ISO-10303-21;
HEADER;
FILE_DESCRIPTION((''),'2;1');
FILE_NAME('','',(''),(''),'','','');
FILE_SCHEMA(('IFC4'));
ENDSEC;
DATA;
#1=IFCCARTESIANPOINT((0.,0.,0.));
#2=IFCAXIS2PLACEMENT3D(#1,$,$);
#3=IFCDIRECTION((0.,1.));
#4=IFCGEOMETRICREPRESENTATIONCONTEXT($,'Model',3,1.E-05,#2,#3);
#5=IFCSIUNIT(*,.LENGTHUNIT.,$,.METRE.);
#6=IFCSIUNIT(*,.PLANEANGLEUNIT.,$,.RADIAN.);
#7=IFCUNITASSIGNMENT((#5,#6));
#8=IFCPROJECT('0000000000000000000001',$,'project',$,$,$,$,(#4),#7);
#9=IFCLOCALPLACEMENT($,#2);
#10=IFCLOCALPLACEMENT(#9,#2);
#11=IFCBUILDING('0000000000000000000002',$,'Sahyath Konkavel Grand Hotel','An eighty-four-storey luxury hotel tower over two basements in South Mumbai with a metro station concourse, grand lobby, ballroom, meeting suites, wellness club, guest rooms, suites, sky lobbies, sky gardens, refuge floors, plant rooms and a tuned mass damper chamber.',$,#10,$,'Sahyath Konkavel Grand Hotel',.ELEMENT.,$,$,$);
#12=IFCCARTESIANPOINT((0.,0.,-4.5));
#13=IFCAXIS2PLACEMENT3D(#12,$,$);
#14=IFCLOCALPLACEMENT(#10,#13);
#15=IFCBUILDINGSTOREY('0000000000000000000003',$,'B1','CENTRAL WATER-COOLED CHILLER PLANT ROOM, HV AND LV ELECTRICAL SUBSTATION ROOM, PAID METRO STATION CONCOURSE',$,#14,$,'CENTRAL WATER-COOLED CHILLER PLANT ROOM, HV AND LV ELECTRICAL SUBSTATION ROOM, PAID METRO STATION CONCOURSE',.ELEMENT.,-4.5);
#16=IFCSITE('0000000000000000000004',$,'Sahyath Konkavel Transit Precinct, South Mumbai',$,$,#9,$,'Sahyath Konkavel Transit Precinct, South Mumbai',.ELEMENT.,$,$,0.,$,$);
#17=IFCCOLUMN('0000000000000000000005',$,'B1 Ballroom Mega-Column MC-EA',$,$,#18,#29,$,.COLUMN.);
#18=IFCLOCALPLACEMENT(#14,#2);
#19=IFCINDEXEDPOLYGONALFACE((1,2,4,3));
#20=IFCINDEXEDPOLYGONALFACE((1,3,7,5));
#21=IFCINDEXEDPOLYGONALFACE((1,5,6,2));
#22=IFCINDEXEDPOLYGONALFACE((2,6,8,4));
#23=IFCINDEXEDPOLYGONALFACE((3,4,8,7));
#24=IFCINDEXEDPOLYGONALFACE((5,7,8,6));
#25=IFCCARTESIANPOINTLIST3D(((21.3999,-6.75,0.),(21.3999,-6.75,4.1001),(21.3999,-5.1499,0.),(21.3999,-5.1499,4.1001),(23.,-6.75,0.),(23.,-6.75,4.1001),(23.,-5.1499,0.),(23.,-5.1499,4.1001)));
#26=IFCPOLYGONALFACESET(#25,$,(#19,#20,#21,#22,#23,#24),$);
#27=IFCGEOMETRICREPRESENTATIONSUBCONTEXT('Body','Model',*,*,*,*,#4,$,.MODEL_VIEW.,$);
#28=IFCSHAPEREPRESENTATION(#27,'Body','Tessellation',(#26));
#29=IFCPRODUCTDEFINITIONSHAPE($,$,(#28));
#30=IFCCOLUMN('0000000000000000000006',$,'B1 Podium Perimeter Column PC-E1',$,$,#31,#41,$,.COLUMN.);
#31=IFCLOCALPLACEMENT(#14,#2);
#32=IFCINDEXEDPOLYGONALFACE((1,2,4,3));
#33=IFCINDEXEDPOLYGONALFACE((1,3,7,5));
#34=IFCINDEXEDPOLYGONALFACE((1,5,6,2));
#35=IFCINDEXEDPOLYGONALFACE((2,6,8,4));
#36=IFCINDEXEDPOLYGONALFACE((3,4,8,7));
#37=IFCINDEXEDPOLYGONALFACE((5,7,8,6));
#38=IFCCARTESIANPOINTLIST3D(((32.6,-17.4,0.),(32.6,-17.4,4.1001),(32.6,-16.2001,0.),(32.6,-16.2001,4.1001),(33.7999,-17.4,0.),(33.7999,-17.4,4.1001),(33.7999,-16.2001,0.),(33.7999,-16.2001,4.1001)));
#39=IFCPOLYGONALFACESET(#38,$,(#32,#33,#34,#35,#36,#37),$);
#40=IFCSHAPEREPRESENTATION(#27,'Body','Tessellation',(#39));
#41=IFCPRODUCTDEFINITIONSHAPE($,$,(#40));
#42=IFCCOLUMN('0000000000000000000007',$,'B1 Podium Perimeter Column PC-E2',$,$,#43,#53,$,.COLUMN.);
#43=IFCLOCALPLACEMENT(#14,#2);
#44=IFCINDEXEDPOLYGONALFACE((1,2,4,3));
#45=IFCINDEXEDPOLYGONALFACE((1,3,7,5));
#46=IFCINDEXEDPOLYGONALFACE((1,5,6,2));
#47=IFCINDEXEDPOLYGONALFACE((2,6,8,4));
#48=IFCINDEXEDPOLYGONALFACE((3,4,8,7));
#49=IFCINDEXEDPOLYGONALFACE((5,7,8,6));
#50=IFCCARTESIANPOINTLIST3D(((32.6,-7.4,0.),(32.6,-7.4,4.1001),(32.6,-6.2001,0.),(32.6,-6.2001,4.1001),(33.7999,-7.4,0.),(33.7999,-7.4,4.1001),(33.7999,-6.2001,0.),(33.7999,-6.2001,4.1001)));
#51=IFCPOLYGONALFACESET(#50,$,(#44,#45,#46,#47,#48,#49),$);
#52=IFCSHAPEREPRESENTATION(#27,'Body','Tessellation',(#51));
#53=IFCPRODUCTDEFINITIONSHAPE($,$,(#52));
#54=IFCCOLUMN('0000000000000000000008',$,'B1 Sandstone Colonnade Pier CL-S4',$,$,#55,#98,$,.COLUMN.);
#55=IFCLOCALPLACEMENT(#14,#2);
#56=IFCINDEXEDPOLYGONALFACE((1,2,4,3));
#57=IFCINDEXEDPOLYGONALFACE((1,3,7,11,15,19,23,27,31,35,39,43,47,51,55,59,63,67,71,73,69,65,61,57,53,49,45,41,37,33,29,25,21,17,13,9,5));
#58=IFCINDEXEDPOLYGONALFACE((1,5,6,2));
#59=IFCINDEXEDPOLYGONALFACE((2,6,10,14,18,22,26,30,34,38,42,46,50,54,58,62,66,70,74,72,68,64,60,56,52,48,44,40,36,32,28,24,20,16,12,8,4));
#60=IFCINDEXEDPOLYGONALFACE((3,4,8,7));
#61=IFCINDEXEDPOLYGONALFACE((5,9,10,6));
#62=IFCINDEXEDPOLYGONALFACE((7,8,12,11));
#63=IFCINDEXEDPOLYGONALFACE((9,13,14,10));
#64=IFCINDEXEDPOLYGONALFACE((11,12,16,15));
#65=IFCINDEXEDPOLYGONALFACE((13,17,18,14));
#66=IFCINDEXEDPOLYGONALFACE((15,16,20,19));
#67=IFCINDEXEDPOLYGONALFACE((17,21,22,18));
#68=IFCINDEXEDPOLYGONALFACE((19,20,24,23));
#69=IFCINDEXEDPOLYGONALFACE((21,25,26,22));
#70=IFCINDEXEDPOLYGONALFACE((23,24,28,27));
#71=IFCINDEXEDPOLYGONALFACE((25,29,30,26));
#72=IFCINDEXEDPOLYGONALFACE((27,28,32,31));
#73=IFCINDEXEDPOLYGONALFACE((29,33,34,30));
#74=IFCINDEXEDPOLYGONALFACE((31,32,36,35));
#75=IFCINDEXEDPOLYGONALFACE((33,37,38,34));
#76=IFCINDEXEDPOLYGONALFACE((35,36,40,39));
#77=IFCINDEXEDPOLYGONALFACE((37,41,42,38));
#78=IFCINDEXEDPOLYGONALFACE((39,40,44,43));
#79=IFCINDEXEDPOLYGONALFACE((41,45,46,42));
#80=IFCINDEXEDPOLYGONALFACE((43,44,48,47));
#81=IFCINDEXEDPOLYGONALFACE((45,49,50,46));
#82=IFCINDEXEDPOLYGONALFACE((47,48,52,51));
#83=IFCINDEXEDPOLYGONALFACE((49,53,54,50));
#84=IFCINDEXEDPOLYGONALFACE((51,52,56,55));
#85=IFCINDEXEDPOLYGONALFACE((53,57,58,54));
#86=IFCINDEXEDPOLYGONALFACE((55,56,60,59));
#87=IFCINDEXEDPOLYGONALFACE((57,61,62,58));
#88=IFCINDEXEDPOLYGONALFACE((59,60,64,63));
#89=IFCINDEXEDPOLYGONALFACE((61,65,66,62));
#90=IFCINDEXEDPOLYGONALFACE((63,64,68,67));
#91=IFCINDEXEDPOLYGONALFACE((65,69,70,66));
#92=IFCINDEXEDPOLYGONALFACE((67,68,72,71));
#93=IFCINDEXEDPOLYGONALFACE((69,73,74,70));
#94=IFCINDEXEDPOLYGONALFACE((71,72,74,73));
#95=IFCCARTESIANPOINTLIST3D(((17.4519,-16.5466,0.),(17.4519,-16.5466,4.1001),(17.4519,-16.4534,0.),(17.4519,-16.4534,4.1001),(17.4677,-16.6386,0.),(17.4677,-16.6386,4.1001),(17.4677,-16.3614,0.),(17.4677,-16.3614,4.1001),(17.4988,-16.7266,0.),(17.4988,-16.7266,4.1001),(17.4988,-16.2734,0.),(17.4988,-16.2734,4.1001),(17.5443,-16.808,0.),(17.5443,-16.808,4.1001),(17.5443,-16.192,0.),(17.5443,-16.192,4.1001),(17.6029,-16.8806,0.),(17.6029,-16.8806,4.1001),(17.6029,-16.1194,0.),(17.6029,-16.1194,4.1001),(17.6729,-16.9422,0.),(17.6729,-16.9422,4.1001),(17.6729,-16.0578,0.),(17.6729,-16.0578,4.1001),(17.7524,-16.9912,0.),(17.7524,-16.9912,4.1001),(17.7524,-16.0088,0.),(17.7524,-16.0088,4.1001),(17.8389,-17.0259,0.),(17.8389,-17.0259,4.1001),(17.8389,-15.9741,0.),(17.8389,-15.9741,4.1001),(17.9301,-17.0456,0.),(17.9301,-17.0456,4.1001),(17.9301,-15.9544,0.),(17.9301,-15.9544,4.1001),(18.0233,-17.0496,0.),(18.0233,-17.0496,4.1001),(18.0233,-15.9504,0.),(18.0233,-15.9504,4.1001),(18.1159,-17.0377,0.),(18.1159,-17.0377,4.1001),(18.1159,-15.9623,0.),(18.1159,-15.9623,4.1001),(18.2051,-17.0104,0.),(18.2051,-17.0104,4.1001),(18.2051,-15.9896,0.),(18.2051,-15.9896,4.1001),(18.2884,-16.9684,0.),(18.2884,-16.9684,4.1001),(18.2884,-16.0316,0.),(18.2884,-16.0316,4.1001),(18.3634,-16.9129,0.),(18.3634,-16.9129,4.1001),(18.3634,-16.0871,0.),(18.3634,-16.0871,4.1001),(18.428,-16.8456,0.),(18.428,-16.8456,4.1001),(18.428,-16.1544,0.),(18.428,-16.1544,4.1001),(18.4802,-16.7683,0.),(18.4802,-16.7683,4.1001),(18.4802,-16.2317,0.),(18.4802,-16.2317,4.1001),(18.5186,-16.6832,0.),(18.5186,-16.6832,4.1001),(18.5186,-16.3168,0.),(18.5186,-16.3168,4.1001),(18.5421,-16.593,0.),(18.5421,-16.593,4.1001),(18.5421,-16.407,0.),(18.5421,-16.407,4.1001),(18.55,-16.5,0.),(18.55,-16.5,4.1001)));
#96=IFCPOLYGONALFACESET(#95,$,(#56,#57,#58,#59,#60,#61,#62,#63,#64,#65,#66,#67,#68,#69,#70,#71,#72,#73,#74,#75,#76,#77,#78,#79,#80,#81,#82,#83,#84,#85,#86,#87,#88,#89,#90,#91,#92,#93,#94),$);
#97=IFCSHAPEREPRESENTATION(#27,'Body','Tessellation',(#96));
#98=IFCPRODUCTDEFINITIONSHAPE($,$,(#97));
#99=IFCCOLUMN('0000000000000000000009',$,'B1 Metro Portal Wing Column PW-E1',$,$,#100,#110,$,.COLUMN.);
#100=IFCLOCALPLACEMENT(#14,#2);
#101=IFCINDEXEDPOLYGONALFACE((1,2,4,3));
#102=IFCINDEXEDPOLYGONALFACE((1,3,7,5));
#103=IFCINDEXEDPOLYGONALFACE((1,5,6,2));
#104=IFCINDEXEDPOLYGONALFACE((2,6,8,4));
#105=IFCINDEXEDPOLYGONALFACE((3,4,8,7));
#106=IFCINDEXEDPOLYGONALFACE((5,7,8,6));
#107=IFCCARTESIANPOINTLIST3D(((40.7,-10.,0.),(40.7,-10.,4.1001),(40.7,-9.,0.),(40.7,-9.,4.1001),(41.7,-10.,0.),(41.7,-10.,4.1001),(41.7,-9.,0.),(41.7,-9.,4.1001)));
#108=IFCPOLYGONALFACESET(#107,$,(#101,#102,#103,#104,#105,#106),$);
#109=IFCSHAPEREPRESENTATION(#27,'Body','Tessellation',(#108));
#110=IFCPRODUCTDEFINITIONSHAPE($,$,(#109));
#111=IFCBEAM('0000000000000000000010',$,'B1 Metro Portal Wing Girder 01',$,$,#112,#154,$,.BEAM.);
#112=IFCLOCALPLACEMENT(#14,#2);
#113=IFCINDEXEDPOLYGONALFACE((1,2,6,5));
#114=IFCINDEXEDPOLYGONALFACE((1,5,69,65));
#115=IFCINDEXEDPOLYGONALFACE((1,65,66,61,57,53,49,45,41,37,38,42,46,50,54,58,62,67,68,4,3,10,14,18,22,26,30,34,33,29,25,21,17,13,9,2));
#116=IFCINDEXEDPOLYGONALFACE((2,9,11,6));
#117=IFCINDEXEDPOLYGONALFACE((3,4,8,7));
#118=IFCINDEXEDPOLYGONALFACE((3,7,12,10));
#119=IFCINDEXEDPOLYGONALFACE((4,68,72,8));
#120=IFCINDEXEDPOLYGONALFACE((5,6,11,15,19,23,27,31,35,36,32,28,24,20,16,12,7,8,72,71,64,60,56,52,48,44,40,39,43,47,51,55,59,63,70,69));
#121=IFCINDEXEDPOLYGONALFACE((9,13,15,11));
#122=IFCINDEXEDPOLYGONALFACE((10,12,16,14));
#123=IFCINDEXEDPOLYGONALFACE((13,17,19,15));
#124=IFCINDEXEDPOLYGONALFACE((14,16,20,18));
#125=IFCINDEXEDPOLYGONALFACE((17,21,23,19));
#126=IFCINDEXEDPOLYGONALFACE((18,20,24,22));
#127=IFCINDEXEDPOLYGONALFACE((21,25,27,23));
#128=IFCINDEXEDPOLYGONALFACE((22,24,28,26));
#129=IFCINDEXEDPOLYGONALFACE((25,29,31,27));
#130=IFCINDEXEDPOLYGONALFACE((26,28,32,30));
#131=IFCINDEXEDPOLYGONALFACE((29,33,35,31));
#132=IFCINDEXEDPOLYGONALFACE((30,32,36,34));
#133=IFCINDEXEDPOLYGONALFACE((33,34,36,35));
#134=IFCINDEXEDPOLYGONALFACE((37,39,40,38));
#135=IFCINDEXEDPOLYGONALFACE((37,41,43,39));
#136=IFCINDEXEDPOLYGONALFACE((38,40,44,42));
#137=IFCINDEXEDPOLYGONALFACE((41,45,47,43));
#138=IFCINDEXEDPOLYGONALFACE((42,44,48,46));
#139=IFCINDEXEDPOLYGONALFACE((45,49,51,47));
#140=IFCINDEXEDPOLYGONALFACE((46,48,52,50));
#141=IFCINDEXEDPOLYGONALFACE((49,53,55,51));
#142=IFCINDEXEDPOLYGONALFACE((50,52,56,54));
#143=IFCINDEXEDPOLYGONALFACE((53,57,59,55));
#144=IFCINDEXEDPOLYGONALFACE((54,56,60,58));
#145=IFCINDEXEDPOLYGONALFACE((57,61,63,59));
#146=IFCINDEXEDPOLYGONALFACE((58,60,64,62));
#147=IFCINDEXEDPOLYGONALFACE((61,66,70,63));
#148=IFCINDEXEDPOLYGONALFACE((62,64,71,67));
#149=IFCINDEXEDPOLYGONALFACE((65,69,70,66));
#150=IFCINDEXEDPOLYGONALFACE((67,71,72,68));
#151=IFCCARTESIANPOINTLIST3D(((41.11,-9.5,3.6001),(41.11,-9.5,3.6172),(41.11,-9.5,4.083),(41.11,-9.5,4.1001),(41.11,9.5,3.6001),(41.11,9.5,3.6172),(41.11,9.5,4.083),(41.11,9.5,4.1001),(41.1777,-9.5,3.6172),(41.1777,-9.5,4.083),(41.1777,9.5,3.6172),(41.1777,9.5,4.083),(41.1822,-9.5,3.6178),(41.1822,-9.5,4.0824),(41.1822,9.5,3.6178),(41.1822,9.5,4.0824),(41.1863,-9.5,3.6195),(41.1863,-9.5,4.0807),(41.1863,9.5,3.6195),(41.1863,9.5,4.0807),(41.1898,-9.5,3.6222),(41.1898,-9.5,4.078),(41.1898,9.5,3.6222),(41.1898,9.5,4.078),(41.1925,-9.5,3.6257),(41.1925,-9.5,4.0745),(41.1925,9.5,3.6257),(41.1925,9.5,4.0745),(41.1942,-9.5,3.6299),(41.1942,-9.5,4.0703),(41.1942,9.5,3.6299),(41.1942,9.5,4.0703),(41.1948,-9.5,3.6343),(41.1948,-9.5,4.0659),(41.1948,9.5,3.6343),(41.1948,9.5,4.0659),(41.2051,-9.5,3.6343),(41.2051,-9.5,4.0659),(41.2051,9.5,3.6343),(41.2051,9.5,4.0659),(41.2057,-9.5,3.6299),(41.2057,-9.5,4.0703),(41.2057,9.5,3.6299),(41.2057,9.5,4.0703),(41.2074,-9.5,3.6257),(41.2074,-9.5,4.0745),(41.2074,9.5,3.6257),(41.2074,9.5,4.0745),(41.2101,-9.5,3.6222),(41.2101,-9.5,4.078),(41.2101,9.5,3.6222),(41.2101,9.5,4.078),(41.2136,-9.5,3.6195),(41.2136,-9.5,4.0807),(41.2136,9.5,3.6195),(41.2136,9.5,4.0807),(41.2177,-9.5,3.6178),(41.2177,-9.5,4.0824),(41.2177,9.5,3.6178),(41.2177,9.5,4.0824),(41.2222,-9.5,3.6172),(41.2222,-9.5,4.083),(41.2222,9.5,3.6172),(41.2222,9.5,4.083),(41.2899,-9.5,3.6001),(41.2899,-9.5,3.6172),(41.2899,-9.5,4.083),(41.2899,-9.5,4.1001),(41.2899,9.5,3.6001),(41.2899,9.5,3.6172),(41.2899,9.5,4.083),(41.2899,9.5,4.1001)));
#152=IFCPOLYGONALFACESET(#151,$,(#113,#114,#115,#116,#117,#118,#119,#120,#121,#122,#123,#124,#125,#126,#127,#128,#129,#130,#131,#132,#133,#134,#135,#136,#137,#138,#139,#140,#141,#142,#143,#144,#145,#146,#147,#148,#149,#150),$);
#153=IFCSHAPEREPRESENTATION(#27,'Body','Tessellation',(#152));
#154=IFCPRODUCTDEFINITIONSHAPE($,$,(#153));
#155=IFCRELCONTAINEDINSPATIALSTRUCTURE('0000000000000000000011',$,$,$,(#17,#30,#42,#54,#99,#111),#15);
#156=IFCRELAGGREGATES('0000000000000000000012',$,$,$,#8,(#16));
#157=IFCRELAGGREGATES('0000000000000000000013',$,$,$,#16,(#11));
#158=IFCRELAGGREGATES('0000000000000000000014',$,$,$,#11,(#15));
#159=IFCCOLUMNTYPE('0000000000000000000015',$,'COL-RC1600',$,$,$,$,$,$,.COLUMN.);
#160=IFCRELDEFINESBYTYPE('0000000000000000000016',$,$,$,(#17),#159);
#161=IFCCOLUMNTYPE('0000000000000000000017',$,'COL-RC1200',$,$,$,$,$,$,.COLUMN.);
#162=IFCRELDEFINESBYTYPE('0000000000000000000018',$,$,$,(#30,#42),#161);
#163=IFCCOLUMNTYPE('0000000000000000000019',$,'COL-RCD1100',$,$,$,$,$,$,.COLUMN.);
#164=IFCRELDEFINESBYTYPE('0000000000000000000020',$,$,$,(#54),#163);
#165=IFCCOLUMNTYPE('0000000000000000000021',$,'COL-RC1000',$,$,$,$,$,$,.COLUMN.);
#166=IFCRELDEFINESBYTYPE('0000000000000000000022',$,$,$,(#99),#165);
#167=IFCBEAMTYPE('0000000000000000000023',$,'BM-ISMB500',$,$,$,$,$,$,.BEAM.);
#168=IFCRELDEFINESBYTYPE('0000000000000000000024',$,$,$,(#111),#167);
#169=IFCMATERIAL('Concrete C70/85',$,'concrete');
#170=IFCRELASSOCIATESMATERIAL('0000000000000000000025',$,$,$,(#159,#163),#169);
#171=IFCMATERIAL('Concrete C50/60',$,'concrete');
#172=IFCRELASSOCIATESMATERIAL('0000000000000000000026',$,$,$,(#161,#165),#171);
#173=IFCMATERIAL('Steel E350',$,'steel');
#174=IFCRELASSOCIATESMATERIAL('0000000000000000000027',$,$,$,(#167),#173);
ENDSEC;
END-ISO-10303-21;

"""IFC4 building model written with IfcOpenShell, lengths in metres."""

from ifc_helpers import new_model, si_unit, direction, frame, origin, origin_2d, place, context, subcontext, project, spatial, rectangle, circle, i_section, extrude, source, transform, mapped, material, material_profile, profile_set, type_object, element, save


model = new_model("IFC4")

# Units and contexts
model_context = context("Model", 3, precision=1e-05, world=origin(), true_north=direction((0.0, 1.0)))
body_context = subcontext(model_context, "Body", "Model", "MODEL_VIEW")
ifc_project = project(units=[si_unit("LENGTHUNIT", "METRE"), si_unit("PLANEANGLEUNIT", "RADIAN")], contexts=[model_context])

# Site, building, storey
site_placement = place(None, origin())
site = spatial("IfcSite", under=ifc_project, at=site_placement, Name="Sahyath Konkavel Transit Precinct, South Mumbai", LongName="Sahyath Konkavel Transit Precinct, South Mumbai", CompositionType="ELEMENT", RefElevation=0.0)
building_placement = place(site_placement, origin())
building = spatial("IfcBuilding", under=site, at=building_placement, Name="Sahyath Konkavel Grand Hotel", Description="An eighty-four-storey luxury hotel tower over two basements in South Mumbai with a metro station concourse, grand lobby, ballroom, meeting suites, wellness club, guest rooms, suites, sky lobbies, sky gardens, refuge floors, plant rooms and a tuned mass damper chamber.", LongName="Sahyath Konkavel Grand Hotel", CompositionType="ELEMENT")
storey_placement = place(building_placement, frame((0.0, 0.0, -4.5)))
storey = spatial("IfcBuildingStorey", under=building, at=storey_placement, Name="B1", Description="CENTRAL WATER-COOLED CHILLER PLANT ROOM, HV AND LV ELECTRICAL SUBSTATION ROOM, PAID METRO STATION CONCOURSE", LongName="CENTRAL WATER-COOLED CHILLER PLANT ROOM, HV AND LV ELECTRICAL SUBSTATION ROOM, PAID METRO STATION CONCOURSE", CompositionType="ELEMENT", Elevation=-4.5)

# Columns
ifc_material_1 = material(Name="Concrete C70/85", Category="concrete")
ifc_material_profile_1 = material_profile(ifc_material_1, rectangle(XDim=1.6001, YDim=1.6001, at=origin_2d()), Name="RC 1600x1600")
ifc_profile_set_1 = profile_set([ifc_material_profile_1], Name="Concrete C70/85")
column_type_1 = type_object("IfcColumnType", Name="COL-RC1600", PredefinedType="COLUMN", material=ifc_profile_set_1)
shared_shape_1 = source(origin(), body_context, "Body", "SweptSolid", [
    extrude(rectangle(XDim=1.6001, YDim=1.6001, at=origin_2d()), origin(), (0.0, 0.0, 1.0), 4.1001),
])
column_1_placement = place(storey_placement, frame((22.2, -5.95, 0.0), z_axis=(0.0, 0.0, 1.0), x_axis=(1.0, 0.0, 0.0)))
element("IfcColumn", 1, at=column_1_placement, inside=storey, type_object=column_type_1, Name="B1 Ballroom Mega-Column MC-EA", PredefinedType="COLUMN", context=body_context, shape_type="MappedRepresentation", body=[
    mapped(shared_shape_1, transform((0.0, 0.0, 0.0), scale=1.0)),
])
ifc_material_2 = material(Name="Concrete C50/60", Category="concrete")
ifc_material_profile_2 = material_profile(ifc_material_2, rectangle(XDim=1.2, YDim=1.2, at=origin_2d()), Name="RC 1200x1200")
ifc_profile_set_2 = profile_set([ifc_material_profile_2], Name="Concrete C50/60")
column_type_2 = type_object("IfcColumnType", Name="COL-RC1200", PredefinedType="COLUMN", material=ifc_profile_set_2)
shared_shape_2 = source(origin(), body_context, "Body", "SweptSolid", [
    extrude(rectangle(XDim=1.2, YDim=1.2, at=origin_2d()), origin(), (0.0, 0.0, 1.0), 4.1001),
])
for number, where, z_axis, x_axis, name in (
    (2, (33.2, -16.8, 0.0), (0.0, 0.0, 1.0), (1.0, 0.0, 0.0), "B1 Podium Perimeter Column PC-E1"),
    (3, (33.2, -6.8, 0.0), (0.0, 0.0, 1.0), (1.0, 0.0, 0.0), "B1 Podium Perimeter Column PC-E2"),
):
    element("IfcColumn", number, at=place(storey_placement, frame(where, z_axis=z_axis, x_axis=x_axis)), inside=storey, type_object=column_type_2, Name=name, PredefinedType="COLUMN", context=body_context, shape_type="MappedRepresentation", body=[
        mapped(shared_shape_2, transform((0.0, 0.0, 0.0), scale=1.0)),
    ])
ifc_material_profile_3 = material_profile(ifc_material_1, circle(Radius=0.55, at=origin_2d()), Name="RC D1100")
ifc_profile_set_3 = profile_set([ifc_material_profile_3], Name="Concrete C70/85")
column_type_3 = type_object("IfcColumnType", Name="COL-RCD1100", PredefinedType="COLUMN", material=ifc_profile_set_3)
shared_shape_3 = source(origin(), body_context, "Body", "SweptSolid", [
    extrude(circle(Radius=0.55, at=origin_2d()), origin(), (0.0, 0.0, 1.0), 4.1001),
])
column_2_placement = place(storey_placement, frame((18.0, -16.5, 0.0), z_axis=(0.0, 0.0, 1.0), x_axis=(1.0, 0.0, 0.0)))
element("IfcColumn", 4, at=column_2_placement, inside=storey, type_object=column_type_3, Name="B1 Sandstone Colonnade Pier CL-S4", PredefinedType="COLUMN", context=body_context, shape_type="MappedRepresentation", body=[
    mapped(shared_shape_3, transform((0.0, 0.0, 0.0), scale=1.0)),
])
ifc_material_profile_4 = material_profile(ifc_material_2, rectangle(XDim=1.0, YDim=1.0, at=origin_2d()), Name="RC 1000x1000")
ifc_profile_set_4 = profile_set([ifc_material_profile_4], Name="Concrete C50/60")
column_type_4 = type_object("IfcColumnType", Name="COL-RC1000", PredefinedType="COLUMN", material=ifc_profile_set_4)
shared_shape_4 = source(origin(), body_context, "Body", "SweptSolid", [
    extrude(rectangle(XDim=1.0, YDim=1.0, at=origin_2d()), origin(), (0.0, 0.0, 1.0), 4.1001),
])
column_3_placement = place(storey_placement, frame((41.2, -9.5, 0.0), z_axis=(0.0, 0.0, 1.0), x_axis=(1.0, 0.0, 0.0)))
element("IfcColumn", 5, at=column_3_placement, inside=storey, type_object=column_type_4, Name="B1 Metro Portal Wing Column PW-E1", PredefinedType="COLUMN", context=body_context, shape_type="MappedRepresentation", body=[
    mapped(shared_shape_4, transform((0.0, 0.0, 0.0), scale=1.0)),
])

# Beam
ifc_material_3 = material(Name="Steel E350", Category="steel")
ifc_material_profile_5 = material_profile(ifc_material_3, i_section(OverallWidth=0.1799, OverallDepth=0.5, WebThickness=0.0103, FlangeThickness=0.0171, FilletRadius=0.0171, at=origin_2d()), Name="ISMB 500")
ifc_profile_set_5 = profile_set([ifc_material_profile_5], Name="Steel E350")
beam_type_1 = type_object("IfcBeamType", Name="BM-ISMB500", PredefinedType="BEAM", material=ifc_profile_set_5)
shared_shape_5 = source(origin(), body_context, "Body", "SweptSolid", [
    extrude(i_section(OverallWidth=0.1799, OverallDepth=0.5, WebThickness=0.0103, FlangeThickness=0.0171, FilletRadius=0.0171, at=origin_2d()), origin(), (0.0, 0.0, 1.0), 19.0),
])
beam_1_placement = place(storey_placement, frame((41.2, -9.5, 3.8501), z_axis=(0.0, 1.0, 0.0), x_axis=(-1.0, 0.0, 0.0)))
element("IfcBeam", 6, at=beam_1_placement, inside=storey, type_object=beam_type_1, Name="B1 Metro Portal Wing Girder 01", PredefinedType="BEAM", context=body_context, shape_type="MappedRepresentation", body=[
    mapped(shared_shape_5, transform((0.0, 0.0, 0.0), scale=1.0)),
])

save(model, "model.ifc")
